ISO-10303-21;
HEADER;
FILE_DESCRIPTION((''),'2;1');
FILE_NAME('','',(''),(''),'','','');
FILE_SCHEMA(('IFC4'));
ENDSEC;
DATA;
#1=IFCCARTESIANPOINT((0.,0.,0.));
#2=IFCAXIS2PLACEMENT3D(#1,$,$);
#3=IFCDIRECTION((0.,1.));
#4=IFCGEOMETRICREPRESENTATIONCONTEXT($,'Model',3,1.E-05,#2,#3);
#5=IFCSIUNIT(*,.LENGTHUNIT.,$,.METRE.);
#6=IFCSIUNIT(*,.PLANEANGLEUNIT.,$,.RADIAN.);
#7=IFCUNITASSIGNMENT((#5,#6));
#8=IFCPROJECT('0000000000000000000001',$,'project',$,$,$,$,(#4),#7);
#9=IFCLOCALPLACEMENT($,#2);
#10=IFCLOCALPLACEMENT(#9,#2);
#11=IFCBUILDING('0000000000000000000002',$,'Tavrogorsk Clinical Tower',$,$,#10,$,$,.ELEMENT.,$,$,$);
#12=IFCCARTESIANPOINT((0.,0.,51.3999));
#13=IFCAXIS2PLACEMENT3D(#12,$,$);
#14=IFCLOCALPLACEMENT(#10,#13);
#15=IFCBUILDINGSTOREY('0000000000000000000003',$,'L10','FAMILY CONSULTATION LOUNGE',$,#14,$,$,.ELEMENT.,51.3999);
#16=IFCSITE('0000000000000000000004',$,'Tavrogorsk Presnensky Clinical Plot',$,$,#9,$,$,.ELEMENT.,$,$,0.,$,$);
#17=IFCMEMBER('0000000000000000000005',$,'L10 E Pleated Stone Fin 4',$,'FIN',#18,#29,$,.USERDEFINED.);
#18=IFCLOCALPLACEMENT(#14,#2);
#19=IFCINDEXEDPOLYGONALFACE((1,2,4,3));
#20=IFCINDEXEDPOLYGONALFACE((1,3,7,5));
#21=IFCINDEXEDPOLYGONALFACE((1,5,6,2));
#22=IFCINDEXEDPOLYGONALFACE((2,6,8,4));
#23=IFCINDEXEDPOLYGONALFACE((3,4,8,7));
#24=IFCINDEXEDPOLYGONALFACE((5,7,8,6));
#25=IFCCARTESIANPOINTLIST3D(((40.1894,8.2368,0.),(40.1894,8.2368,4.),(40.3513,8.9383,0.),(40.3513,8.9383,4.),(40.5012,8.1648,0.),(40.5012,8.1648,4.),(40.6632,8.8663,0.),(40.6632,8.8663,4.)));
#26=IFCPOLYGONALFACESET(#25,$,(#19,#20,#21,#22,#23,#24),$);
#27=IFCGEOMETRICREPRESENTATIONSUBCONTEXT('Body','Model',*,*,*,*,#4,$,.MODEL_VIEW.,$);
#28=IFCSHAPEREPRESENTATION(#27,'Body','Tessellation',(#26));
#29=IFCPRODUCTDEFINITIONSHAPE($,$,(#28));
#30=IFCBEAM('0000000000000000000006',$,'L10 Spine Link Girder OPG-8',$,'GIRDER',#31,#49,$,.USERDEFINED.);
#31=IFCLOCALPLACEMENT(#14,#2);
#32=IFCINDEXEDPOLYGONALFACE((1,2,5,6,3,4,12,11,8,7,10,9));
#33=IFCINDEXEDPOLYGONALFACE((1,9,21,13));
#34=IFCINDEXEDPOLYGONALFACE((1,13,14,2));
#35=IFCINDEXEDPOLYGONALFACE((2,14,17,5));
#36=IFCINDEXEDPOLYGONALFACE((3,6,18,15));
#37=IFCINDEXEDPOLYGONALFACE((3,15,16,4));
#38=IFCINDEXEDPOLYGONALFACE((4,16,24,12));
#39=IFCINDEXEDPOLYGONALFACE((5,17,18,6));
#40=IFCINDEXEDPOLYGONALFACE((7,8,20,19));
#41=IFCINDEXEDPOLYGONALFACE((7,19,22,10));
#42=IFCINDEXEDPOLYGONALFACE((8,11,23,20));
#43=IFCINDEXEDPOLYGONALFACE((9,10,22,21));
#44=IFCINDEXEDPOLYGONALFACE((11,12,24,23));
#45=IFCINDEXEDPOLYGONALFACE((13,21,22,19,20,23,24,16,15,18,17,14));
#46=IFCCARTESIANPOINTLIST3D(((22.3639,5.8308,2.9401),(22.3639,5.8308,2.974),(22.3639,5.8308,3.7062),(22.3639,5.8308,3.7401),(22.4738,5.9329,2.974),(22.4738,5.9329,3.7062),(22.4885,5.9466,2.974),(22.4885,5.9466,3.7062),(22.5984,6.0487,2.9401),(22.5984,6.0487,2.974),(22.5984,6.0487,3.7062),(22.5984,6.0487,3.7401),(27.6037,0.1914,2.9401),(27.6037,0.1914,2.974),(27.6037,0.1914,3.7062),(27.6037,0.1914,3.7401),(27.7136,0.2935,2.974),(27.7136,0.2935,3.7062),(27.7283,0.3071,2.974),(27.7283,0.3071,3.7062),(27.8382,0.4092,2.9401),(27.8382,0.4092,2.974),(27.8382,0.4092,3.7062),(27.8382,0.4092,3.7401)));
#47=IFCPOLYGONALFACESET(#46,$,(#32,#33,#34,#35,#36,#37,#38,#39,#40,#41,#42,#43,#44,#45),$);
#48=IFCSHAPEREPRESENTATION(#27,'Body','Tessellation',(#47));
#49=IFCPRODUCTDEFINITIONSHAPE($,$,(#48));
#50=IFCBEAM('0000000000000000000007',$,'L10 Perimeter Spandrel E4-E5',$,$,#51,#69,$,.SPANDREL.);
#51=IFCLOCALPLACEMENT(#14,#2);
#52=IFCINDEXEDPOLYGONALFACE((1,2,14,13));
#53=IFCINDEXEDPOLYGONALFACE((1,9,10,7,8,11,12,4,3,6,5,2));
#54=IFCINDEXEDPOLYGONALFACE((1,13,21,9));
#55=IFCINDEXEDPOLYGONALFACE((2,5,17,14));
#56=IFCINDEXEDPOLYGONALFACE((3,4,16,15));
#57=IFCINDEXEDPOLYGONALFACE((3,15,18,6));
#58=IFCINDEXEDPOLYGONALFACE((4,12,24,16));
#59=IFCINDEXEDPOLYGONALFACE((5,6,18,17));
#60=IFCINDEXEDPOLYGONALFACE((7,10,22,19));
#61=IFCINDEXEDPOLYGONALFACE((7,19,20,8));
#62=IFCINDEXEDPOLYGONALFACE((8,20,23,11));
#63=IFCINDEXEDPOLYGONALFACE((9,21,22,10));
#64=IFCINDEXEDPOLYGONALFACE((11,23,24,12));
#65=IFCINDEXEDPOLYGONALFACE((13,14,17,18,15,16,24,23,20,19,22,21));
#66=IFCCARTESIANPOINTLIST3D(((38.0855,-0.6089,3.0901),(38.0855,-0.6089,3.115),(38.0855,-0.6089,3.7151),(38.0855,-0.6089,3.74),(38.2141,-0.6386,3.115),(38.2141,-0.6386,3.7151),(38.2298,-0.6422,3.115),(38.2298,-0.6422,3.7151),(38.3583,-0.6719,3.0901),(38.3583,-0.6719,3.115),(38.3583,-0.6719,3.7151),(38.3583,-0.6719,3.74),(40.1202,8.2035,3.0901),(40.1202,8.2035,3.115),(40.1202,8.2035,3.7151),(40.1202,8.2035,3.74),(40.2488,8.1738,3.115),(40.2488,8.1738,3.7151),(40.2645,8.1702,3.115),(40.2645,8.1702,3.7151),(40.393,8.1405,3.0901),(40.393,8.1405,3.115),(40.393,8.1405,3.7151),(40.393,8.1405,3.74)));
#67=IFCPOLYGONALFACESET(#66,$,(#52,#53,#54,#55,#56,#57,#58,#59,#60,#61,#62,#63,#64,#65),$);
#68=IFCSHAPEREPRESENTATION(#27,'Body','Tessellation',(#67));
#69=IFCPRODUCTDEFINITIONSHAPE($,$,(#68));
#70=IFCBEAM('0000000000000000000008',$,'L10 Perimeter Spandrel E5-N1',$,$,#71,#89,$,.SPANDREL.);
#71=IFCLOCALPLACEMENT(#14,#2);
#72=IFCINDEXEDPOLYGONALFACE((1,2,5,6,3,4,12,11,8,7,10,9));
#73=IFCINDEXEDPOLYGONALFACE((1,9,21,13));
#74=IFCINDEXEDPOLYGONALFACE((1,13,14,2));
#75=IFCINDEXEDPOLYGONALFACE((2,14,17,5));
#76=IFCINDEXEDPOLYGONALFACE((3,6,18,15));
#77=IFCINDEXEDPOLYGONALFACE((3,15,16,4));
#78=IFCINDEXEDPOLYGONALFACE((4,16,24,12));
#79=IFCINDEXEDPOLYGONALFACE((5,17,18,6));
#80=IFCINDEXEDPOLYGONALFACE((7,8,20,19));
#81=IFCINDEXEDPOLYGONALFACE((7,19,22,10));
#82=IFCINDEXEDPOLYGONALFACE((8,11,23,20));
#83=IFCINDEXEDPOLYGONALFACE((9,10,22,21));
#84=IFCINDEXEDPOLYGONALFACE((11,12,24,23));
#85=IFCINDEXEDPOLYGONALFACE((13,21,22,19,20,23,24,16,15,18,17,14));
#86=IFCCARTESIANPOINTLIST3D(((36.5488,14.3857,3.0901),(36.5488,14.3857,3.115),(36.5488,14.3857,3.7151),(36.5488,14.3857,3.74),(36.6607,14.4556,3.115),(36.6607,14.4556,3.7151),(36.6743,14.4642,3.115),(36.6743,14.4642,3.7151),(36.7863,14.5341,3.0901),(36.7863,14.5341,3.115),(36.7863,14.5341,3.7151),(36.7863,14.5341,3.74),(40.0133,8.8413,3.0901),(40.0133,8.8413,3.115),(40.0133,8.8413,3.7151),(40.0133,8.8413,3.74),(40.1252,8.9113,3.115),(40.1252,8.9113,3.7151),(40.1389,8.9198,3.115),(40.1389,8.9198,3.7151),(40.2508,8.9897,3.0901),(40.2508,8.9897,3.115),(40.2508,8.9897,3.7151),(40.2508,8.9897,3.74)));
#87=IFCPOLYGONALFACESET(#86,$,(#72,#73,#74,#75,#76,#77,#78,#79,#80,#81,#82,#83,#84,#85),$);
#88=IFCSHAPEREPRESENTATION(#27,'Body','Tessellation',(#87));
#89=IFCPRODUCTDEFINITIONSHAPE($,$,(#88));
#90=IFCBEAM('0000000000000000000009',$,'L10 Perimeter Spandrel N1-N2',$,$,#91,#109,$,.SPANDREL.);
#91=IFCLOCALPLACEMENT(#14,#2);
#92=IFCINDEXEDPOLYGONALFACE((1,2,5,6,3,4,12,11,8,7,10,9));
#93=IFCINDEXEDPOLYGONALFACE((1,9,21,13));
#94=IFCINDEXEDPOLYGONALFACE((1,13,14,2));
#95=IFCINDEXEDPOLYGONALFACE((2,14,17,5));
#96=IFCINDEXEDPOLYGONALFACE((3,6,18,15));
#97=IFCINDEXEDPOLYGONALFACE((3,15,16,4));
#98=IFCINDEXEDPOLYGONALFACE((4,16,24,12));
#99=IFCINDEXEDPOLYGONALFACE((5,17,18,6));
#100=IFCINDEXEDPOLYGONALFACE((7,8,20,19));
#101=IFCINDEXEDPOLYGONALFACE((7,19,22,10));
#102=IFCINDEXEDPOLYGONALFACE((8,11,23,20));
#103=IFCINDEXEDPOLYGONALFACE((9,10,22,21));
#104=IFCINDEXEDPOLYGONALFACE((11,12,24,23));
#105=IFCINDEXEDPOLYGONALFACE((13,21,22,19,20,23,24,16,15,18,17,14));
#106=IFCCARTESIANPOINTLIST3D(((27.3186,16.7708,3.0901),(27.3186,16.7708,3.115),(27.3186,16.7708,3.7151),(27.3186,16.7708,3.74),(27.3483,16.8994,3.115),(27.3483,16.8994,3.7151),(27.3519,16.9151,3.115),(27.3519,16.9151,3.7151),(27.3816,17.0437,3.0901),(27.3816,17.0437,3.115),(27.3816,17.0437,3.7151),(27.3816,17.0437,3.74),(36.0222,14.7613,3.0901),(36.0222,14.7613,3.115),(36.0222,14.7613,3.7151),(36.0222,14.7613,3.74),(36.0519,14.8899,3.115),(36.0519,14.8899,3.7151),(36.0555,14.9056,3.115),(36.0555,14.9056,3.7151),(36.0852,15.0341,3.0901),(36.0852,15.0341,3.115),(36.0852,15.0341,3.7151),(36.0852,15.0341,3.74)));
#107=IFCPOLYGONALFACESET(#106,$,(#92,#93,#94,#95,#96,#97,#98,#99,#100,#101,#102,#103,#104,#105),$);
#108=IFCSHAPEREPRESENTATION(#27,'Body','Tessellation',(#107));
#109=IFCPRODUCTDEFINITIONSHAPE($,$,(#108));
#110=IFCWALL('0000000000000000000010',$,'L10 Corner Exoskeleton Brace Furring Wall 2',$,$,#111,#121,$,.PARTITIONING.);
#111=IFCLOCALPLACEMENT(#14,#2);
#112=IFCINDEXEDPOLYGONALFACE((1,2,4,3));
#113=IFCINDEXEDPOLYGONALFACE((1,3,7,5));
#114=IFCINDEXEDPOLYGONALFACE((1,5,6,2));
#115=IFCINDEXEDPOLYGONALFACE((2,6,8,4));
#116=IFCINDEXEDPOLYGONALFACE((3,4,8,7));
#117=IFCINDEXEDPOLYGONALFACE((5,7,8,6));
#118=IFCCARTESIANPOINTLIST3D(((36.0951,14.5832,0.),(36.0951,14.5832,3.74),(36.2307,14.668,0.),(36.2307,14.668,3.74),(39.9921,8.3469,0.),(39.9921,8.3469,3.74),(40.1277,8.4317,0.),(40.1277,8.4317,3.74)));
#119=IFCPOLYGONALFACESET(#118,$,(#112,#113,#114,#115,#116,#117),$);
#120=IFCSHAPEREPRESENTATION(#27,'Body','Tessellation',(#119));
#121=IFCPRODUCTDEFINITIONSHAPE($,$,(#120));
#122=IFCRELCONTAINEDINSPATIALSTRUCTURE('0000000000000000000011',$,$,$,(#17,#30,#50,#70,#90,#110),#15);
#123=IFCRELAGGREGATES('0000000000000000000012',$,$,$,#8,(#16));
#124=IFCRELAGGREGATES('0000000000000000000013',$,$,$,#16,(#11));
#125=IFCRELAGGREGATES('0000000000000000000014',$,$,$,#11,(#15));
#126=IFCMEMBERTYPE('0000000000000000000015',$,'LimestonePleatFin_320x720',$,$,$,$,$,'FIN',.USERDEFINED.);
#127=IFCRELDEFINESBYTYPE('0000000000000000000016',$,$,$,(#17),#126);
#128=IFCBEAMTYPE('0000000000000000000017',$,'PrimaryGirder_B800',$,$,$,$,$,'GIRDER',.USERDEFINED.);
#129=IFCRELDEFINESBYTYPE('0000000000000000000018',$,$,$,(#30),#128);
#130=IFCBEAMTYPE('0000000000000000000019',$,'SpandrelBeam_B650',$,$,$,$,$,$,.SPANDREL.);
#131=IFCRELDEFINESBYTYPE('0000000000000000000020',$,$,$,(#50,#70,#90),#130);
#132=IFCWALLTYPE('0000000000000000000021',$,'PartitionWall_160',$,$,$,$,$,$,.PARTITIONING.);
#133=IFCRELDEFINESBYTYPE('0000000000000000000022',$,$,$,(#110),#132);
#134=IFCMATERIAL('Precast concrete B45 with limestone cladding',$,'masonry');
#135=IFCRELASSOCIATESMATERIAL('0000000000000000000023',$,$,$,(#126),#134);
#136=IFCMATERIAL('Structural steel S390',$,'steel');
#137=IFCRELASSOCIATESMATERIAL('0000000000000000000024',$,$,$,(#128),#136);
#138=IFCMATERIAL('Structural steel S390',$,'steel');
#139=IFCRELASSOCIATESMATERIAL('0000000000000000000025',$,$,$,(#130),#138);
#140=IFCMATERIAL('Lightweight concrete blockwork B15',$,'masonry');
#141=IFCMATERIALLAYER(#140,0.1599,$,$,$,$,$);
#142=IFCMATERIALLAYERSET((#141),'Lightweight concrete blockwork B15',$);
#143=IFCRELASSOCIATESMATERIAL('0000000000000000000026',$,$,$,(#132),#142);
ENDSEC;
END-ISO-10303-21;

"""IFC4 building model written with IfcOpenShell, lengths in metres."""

from ifc_helpers import new_model, si_unit, direction, frame, frame_2d, origin, origin_2d, place, context, subcontext, project, spatial, rectangle, i_section, extrude, material, layer, layer_set, material_profile, profile_set, type_object, element, save


model = new_model("IFC4")

# Units and contexts
model_context = context("Model", 3, precision=1e-05, world=origin(), true_north=direction((0.0, 1.0)))
body_context = subcontext(model_context, "Body", "Model", "MODEL_VIEW")
ifc_project = project(units=[si_unit("LENGTHUNIT", "METRE"), si_unit("PLANEANGLEUNIT", "RADIAN")], contexts=[model_context])

# Site, building, storey
site_placement = place(None, origin())
site = spatial("IfcSite", under=ifc_project, at=site_placement, Name="Tavrogorsk Presnensky Clinical Plot", CompositionType="ELEMENT", RefElevation=0.0)
building_placement = place(site_placement, origin())
building = spatial("IfcBuilding", under=site, at=building_placement, Name="Tavrogorsk Clinical Tower", CompositionType="ELEMENT")
storey_placement = place(building_placement, frame((0.0, 0.0, 51.3999)))
storey = spatial("IfcBuildingStorey", under=building, at=storey_placement, Name="L10", Description="FAMILY CONSULTATION LOUNGE", CompositionType="ELEMENT", Elevation=51.3999)

# Member
ifc_material_1 = material(Name="Precast concrete B45 with limestone cladding", Category="masonry")
ifc_material_profile_1 = material_profile(ifc_material_1, rectangle(XDim=0.3201, YDim=0.72, at=origin_2d()), Name="LIMESTONE-FIN-320x720")
ifc_profile_set_1 = profile_set([ifc_material_profile_1], Name="Precast concrete B45 with limestone cladding")
member_type_1 = type_object("IfcMemberType", Name="LimestonePleatFin_320x720", ElementType="FIN", PredefinedType="USERDEFINED", material=ifc_profile_set_1)
member_1_placement = place(storey_placement, frame((40.4263, 8.5515, 0.0), z_axis=(0.0, 0.0, 1.0), x_axis=(0.97437, -0.224951, 0.0)))
element("IfcMember", 1, at=member_1_placement, inside=storey, type_object=member_type_1, Name="L10 E Pleated Stone Fin 4", ObjectType="FIN", PredefinedType="USERDEFINED", context=body_context, shape_type="SweptSolid", body=[
    extrude(rectangle(XDim=0.3201, YDim=0.72, at=origin_2d()), origin(), (0.0, 0.0, 1.0), 4.0),
])

# Beams
ifc_material_2 = material(Name="Structural steel S390", Category="steel")
ifc_material_profile_2 = material_profile(ifc_material_2, i_section(OverallWidth=0.3201, OverallDepth=0.8, WebThickness=0.02, FlangeThickness=0.0339, at=origin_2d()), Name="B-800x320x20x34")
ifc_profile_set_2 = profile_set([ifc_material_profile_2], Name="Structural steel S390")
beam_type_1 = type_object("IfcBeamType", Name="PrimaryGirder_B800", ElementType="GIRDER", PredefinedType="USERDEFINED", material=ifc_profile_set_2)
beam_1_placement = place(storey_placement, frame((27.7209, 0.3003, 3.3401), z_axis=(-0.680671, 0.732589, 0.0), x_axis=(-0.732589, -0.680671, 0.0)))
element("IfcBeam", 2, at=beam_1_placement, inside=storey, type_object=beam_type_1, Name="L10 Spine Link Girder OPG-8", ObjectType="GIRDER", PredefinedType="USERDEFINED", context=body_context, shape_type="SweptSolid", body=[
    extrude(i_section(OverallWidth=0.3201, OverallDepth=0.8, WebThickness=0.02, FlangeThickness=0.0339, at=origin_2d()), origin(), (0.0, 0.0, 1.0), 7.698),
])
ifc_material_3 = material(Name="Structural steel S390", Category="steel")
ifc_material_profile_3 = material_profile(ifc_material_3, i_section(OverallWidth=0.28, OverallDepth=0.6499, WebThickness=0.0161, FlangeThickness=0.0249, at=origin_2d()), Name="B-650x280x16x25")
ifc_profile_set_3 = profile_set([ifc_material_profile_3], Name="Structural steel S390")
beam_type_2 = type_object("IfcBeamType", Name="SpandrelBeam_B650", PredefinedType="SPANDREL", material=ifc_profile_set_3)
beam_2_placement = place(storey_placement, frame((38.2219, -0.6404, 3.415), z_axis=(0.224972, 0.974365, 0.0), x_axis=(-0.974365, 0.224972, 0.0)))
element("IfcBeam", 3, at=beam_2_placement, inside=storey, type_object=beam_type_2, Name="L10 Perimeter Spandrel E4-E5", PredefinedType="SPANDREL", context=body_context, shape_type="SweptSolid", body=[
    extrude(i_section(OverallWidth=0.28, OverallDepth=0.6499, WebThickness=0.0161, FlangeThickness=0.0249, at=origin_2d()), origin(), (0.0, 0.0, 1.0), 9.0442),
])
beam_3_placement = place(storey_placement, frame((40.1321, 8.9155, 3.415), z_axis=(-0.529925, 0.848044, 0.0), x_axis=(-0.848044, -0.529925, 0.0)))
element("IfcBeam", 4, at=beam_3_placement, inside=storey, type_object=beam_type_2, Name="L10 Perimeter Spandrel E5-N1", PredefinedType="SPANDREL", context=body_context, shape_type="SweptSolid", body=[
    extrude(i_section(OverallWidth=0.28, OverallDepth=0.6499, WebThickness=0.0161, FlangeThickness=0.0249, at=origin_2d()), origin(), (0.0, 0.0, 1.0), 6.5378),
])
beam_4_placement = place(storey_placement, frame((36.0537, 14.8977, 3.415), z_axis=(-0.974367, 0.224965, 0.0), x_axis=(-0.224965, -0.974367, 0.0)))
element("IfcBeam", 5, at=beam_4_placement, inside=storey, type_object=beam_type_2, Name="L10 Perimeter Spandrel N1-N2", PredefinedType="SPANDREL", context=body_context, shape_type="SweptSolid", body=[
    extrude(i_section(OverallWidth=0.28, OverallDepth=0.6499, WebThickness=0.0161, FlangeThickness=0.0249, at=origin_2d()), origin(), (0.0, 0.0, 1.0), 8.9326),
])

# Wall
ifc_material_4 = material(Name="Lightweight concrete blockwork B15", Category="masonry")
ifc_layer_1 = layer(ifc_material_4, 0.1599)
ifc_layer_set_1 = layer_set([ifc_layer_1], Name="Lightweight concrete blockwork B15")
wall_type_1 = type_object("IfcWallType", Name="PartitionWall_160", PredefinedType="PARTITIONING", material=ifc_layer_set_1)
wall_1_placement = place(storey_placement, frame((40.0598, 8.3894, 0.0), z_axis=(0.0, 0.0, 1.0), x_axis=(-0.529927, 0.848043, 0.0)))
element("IfcWall", 6, at=wall_1_placement, inside=storey, type_object=wall_type_1, Name="L10 Corner Exoskeleton Brace Furring Wall 2", PredefinedType="PARTITIONING", context=body_context, shape_type="SweptSolid", body=[
    extrude(rectangle(XDim=7.3538, YDim=0.1599, at=frame_2d((3.6768, 0.0))), origin(), (0.0, 0.0, 1.0), 3.74),
])

save(model, "model.ifc")
